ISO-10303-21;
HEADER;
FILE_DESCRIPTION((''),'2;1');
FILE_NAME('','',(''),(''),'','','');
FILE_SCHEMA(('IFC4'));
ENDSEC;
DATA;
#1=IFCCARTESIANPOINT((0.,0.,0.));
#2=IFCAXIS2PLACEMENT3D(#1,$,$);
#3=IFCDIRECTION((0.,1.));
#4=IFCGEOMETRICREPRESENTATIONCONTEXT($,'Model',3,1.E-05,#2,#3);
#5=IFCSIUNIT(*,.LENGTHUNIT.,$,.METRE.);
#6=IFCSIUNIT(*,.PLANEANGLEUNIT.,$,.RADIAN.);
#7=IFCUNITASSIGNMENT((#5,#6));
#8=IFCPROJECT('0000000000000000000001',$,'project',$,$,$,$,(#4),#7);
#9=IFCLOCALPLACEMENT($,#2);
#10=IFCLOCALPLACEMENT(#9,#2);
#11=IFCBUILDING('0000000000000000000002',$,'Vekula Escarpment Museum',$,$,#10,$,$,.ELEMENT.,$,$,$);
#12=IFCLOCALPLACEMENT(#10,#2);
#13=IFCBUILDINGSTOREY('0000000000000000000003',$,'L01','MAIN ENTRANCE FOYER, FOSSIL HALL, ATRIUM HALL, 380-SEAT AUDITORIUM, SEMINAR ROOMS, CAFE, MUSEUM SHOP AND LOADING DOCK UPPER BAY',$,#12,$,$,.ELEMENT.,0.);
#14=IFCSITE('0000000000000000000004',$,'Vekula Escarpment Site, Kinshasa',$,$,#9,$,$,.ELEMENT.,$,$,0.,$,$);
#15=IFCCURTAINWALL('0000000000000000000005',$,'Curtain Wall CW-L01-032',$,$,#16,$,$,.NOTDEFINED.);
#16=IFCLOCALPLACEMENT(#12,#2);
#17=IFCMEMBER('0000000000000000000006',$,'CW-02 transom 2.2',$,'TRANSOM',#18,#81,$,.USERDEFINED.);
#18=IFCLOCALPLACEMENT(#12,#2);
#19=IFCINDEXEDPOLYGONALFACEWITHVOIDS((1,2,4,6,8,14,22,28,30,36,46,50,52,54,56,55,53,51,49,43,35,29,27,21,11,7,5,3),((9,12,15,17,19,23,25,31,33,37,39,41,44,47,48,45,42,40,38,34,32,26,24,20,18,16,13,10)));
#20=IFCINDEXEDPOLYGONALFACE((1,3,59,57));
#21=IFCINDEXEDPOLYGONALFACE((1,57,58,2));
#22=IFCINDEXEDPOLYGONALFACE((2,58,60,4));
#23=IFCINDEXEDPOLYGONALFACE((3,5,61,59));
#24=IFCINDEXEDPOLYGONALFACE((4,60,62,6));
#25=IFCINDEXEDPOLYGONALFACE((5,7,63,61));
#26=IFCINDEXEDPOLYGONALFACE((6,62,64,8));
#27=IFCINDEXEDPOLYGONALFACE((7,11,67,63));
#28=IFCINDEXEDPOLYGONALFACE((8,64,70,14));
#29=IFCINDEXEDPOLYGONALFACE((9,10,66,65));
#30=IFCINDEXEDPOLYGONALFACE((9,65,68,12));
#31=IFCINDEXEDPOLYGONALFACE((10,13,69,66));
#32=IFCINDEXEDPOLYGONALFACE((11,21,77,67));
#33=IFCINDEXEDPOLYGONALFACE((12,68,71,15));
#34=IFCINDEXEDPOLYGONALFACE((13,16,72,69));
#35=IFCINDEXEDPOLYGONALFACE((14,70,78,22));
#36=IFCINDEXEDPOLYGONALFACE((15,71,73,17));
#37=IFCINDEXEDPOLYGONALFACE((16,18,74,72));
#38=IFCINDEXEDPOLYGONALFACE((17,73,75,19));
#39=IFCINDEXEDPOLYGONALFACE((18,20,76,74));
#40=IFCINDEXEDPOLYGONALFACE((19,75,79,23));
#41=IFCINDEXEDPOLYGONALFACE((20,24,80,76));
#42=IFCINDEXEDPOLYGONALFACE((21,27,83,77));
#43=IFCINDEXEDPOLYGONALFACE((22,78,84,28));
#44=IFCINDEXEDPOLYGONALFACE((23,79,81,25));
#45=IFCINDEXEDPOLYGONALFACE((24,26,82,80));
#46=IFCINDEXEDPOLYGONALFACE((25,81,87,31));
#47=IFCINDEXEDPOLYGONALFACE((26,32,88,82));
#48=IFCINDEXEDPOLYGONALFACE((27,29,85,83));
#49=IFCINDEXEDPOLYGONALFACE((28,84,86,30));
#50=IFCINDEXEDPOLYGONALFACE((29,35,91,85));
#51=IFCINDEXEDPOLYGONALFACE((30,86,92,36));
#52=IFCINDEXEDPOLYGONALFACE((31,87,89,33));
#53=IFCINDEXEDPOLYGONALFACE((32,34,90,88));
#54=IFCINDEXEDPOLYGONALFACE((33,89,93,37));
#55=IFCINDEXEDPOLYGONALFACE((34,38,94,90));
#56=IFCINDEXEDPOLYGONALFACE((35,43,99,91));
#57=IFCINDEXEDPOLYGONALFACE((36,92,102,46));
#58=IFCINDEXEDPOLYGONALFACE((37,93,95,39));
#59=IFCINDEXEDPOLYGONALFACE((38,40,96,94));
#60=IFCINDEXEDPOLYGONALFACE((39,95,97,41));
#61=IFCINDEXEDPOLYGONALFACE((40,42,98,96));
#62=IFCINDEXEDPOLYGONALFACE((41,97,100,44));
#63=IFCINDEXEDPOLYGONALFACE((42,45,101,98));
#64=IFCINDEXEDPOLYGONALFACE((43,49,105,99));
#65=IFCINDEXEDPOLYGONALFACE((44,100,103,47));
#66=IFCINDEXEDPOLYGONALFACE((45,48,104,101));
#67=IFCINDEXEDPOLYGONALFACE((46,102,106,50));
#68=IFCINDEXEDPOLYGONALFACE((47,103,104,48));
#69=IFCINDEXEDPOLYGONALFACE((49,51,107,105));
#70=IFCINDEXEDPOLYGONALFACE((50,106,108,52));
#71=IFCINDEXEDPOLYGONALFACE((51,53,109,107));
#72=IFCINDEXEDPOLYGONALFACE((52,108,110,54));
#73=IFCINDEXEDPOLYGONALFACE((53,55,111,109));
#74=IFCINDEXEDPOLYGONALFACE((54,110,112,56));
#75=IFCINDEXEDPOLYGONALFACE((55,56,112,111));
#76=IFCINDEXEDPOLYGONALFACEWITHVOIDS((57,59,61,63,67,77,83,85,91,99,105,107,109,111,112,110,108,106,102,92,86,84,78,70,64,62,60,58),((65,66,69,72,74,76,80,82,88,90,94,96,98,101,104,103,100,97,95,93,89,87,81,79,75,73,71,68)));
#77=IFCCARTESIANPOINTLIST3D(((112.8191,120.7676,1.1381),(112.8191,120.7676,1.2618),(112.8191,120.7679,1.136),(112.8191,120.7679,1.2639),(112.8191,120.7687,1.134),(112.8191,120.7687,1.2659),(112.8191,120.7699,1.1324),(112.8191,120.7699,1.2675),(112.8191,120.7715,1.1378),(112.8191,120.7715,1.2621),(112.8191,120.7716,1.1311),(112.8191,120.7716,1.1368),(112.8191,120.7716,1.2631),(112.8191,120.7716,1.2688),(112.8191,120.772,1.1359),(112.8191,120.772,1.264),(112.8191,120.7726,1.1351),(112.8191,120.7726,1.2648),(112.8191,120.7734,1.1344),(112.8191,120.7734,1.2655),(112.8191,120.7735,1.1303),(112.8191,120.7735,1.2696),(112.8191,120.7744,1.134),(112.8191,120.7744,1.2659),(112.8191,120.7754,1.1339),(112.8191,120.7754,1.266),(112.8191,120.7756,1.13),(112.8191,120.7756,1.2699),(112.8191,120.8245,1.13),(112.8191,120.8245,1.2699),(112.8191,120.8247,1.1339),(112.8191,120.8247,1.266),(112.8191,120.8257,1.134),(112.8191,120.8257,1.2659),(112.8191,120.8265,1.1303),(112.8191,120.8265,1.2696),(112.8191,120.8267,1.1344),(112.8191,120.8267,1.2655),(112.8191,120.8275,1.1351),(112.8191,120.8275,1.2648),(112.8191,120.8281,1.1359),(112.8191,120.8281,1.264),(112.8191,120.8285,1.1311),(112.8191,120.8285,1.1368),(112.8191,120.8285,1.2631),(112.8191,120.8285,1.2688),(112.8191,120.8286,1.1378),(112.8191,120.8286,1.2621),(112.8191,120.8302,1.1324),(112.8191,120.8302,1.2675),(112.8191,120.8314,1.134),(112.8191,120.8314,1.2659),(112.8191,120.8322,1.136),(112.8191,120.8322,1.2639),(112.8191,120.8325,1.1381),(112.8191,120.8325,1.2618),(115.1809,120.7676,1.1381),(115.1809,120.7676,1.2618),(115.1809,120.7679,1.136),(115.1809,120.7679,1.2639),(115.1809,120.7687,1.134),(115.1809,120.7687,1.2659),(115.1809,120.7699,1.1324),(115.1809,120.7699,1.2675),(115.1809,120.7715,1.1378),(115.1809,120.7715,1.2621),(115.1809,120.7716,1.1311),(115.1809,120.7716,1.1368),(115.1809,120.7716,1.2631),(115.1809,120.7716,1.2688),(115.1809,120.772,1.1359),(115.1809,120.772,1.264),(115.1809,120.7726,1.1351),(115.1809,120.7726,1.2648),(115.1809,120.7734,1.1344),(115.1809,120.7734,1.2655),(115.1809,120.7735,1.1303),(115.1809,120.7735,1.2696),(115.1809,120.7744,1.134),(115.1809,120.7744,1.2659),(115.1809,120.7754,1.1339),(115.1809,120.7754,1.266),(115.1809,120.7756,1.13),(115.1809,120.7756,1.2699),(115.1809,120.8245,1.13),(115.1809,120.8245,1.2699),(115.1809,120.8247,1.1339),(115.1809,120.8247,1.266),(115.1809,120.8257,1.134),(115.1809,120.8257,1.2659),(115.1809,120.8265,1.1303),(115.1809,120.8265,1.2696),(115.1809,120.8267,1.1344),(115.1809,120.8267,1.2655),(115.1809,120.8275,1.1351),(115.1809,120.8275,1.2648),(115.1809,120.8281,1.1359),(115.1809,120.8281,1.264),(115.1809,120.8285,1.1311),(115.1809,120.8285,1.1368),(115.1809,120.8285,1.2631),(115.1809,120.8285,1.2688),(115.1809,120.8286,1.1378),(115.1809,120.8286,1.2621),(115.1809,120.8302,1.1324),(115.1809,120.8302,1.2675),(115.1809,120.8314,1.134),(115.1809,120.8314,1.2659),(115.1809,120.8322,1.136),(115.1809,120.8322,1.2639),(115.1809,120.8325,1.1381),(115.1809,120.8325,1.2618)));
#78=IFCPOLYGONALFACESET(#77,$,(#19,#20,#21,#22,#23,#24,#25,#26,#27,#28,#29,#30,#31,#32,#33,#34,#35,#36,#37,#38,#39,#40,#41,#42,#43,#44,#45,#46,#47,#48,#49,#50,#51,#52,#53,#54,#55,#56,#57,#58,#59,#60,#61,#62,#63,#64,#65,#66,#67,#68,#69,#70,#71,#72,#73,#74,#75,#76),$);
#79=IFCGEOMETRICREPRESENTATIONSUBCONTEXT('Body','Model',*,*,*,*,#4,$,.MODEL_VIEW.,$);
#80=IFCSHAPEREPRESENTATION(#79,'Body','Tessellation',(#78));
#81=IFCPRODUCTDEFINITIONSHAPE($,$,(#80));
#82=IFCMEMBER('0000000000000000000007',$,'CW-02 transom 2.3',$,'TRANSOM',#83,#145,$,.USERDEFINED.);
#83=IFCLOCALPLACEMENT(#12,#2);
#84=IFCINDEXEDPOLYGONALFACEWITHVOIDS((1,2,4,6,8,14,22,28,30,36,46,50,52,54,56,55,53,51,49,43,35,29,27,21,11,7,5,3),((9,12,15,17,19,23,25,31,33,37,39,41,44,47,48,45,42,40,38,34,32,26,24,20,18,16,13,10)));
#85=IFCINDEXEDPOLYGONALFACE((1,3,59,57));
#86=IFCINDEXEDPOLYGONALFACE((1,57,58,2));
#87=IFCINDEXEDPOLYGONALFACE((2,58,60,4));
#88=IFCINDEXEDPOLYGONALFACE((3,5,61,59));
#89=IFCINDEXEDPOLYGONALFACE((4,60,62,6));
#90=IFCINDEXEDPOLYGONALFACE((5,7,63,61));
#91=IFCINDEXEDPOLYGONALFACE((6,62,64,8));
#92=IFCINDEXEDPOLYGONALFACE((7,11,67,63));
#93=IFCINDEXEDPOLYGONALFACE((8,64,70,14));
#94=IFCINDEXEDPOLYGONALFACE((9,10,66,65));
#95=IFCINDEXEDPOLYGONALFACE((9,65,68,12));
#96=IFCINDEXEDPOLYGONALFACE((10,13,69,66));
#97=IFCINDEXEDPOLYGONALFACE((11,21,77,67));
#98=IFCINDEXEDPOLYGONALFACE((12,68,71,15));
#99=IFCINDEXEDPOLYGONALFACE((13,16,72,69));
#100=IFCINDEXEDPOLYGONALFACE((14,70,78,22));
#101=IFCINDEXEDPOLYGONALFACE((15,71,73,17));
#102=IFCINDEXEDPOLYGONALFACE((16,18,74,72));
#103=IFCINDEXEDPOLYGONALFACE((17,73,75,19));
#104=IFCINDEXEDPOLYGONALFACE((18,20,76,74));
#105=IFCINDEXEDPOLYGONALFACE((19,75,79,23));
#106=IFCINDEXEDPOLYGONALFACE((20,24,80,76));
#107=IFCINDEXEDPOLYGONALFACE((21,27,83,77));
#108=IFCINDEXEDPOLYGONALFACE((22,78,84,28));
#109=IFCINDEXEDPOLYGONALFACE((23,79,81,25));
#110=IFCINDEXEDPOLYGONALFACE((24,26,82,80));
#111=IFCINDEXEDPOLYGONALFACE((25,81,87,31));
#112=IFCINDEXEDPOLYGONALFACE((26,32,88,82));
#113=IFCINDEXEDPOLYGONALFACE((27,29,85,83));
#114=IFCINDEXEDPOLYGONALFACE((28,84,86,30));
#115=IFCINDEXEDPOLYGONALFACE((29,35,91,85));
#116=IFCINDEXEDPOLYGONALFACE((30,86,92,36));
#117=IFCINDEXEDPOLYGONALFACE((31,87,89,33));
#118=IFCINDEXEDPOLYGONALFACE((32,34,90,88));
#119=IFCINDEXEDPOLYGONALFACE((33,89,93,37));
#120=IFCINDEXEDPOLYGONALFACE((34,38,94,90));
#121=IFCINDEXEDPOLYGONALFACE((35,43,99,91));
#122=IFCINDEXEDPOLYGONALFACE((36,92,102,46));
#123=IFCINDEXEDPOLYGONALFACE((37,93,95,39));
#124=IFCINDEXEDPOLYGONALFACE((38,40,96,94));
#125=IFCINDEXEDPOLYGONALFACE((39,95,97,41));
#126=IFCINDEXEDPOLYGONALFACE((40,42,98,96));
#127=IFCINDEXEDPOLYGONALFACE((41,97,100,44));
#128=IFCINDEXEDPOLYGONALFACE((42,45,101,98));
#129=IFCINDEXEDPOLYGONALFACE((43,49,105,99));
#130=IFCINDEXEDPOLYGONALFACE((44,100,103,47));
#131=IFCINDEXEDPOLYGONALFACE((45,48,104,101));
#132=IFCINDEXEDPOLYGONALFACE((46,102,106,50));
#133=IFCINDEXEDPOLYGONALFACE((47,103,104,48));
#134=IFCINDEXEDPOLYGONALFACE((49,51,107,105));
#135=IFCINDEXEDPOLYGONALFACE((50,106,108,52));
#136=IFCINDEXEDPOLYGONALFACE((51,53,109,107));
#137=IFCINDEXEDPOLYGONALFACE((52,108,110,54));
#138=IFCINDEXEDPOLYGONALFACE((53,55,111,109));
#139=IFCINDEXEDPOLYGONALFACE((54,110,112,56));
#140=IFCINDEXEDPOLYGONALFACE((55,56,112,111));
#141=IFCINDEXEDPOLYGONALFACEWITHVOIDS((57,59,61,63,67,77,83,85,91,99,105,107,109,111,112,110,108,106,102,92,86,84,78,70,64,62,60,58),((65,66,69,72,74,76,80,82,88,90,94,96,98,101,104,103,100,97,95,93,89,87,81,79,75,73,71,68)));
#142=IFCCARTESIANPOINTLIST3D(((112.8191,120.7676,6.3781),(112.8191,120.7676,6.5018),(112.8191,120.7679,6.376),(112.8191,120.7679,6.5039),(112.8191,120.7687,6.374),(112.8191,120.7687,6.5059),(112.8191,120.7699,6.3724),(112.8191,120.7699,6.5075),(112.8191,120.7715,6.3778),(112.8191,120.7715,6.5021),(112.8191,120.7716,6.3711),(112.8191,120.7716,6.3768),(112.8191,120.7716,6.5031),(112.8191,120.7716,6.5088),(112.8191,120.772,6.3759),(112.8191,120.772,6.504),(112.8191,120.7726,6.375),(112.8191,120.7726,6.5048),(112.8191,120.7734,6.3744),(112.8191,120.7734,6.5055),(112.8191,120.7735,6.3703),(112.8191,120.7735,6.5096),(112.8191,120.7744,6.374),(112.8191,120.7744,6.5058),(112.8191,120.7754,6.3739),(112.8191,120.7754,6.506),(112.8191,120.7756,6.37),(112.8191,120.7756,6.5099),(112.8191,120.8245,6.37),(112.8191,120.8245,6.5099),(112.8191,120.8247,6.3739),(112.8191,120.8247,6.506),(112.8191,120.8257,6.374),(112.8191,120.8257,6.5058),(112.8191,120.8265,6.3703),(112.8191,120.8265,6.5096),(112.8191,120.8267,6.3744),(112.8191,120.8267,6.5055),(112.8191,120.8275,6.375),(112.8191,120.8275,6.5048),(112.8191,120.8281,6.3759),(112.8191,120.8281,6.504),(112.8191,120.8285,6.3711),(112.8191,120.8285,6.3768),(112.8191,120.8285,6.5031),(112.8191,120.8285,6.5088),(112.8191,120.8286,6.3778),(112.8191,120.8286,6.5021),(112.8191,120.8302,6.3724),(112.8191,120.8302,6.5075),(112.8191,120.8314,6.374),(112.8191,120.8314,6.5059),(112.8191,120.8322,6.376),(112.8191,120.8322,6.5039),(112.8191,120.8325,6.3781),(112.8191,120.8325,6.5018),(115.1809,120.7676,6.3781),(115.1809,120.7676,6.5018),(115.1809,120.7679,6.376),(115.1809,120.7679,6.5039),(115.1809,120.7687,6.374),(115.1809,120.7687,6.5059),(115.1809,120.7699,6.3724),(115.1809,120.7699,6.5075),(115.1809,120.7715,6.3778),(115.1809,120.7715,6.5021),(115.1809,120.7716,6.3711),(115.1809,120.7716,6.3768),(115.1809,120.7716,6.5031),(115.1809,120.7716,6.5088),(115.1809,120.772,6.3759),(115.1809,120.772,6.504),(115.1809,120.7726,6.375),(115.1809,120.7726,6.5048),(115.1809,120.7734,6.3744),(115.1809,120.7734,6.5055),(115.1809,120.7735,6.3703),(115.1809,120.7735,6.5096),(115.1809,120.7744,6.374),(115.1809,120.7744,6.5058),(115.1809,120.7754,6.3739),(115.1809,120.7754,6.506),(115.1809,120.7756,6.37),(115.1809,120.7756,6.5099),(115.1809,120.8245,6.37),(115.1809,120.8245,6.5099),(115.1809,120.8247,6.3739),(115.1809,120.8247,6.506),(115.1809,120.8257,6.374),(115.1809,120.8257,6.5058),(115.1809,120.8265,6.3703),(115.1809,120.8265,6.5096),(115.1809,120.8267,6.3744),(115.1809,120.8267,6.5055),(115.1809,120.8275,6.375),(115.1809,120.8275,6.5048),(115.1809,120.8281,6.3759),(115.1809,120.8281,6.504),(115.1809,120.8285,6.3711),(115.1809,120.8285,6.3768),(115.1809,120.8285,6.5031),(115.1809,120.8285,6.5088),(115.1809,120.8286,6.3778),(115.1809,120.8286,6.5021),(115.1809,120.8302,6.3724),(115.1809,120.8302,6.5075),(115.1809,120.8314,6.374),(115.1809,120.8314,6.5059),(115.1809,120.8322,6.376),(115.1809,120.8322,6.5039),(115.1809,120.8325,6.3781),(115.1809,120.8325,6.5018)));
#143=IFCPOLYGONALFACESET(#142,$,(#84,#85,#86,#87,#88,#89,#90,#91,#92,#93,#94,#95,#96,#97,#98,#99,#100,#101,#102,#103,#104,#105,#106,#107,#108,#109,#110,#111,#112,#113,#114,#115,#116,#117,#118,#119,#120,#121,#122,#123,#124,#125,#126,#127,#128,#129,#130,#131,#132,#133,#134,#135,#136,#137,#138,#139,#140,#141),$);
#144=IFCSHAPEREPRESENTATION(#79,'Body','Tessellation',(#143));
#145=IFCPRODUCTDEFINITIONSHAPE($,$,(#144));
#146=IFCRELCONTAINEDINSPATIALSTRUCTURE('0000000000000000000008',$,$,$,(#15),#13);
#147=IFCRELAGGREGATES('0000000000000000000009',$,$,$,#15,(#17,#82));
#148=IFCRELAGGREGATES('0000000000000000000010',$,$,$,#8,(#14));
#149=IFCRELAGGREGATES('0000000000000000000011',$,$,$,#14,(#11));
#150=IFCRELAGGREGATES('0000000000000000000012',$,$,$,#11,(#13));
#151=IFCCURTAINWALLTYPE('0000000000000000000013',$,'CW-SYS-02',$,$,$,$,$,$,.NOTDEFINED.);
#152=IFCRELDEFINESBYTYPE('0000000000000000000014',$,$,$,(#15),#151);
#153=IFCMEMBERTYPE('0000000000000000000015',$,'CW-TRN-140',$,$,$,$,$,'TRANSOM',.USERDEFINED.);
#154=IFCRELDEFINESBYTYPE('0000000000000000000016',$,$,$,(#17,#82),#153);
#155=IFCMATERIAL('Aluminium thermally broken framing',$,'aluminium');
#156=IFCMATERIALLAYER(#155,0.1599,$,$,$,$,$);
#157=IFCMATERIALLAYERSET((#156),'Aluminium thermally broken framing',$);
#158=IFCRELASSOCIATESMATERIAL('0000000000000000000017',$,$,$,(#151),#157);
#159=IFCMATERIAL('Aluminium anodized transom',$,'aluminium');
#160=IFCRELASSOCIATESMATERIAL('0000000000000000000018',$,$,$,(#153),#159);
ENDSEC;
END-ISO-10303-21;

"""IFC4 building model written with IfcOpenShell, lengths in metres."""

from ifc_helpers import new_model, si_unit, direction, frame, origin, origin_2d, place, context, subcontext, project, spatial, hollow_rectangle, extrude, material, layer, layer_set, material_profile, profile_set, type_object, element, aggregate, save


model = new_model("IFC4")

# Units and contexts
model_context = context("Model", 3, precision=1e-05, world=origin(), true_north=direction((0.0, 1.0)))
body_context = subcontext(model_context, "Body", "Model", "MODEL_VIEW")
ifc_project = project(units=[si_unit("LENGTHUNIT", "METRE"), si_unit("PLANEANGLEUNIT", "RADIAN")], contexts=[model_context])

# Site, building, storey
site_placement = place(None, origin())
site = spatial("IfcSite", under=ifc_project, at=site_placement, Name="Vekula Escarpment Site, Kinshasa", CompositionType="ELEMENT", RefElevation=0.0)
building_placement = place(site_placement, origin())
building = spatial("IfcBuilding", under=site, at=building_placement, Name="Vekula Escarpment Museum", CompositionType="ELEMENT")
storey_placement = place(building_placement, origin())
storey = spatial("IfcBuildingStorey", under=building, at=storey_placement, Name="L01", Description="MAIN ENTRANCE FOYER, FOSSIL HALL, ATRIUM HALL, 380-SEAT AUDITORIUM, SEMINAR ROOMS, CAFE, MUSEUM SHOP AND LOADING DOCK UPPER BAY", CompositionType="ELEMENT", Elevation=0.0)

# Curtain wall, members
ifc_material_1 = material(Name="Aluminium thermally broken framing", Category="aluminium")
ifc_layer_1 = layer(ifc_material_1, 0.1599)
ifc_layer_set_1 = layer_set([ifc_layer_1], Name="Aluminium thermally broken framing")
curtain_wall_type = type_object("IfcCurtainWallType", Name="CW-SYS-02", PredefinedType="NOTDEFINED", material=ifc_layer_set_1)
curtain_wall_placement = place(storey_placement, origin())
curtain_wall = element("IfcCurtainWall", 1, at=curtain_wall_placement, inside=storey, type_object=curtain_wall_type, Name="Curtain Wall CW-L01-032", PredefinedType="NOTDEFINED")
ifc_material_2 = material(Name="Aluminium anodized transom", Category="aluminium")
ifc_material_profile_1 = material_profile(ifc_material_2, hollow_rectangle(XDim=0.0649, YDim=0.1399, WallThickness=0.0039, InnerFilletRadius=0.0039, OuterFilletRadius=0.0081, at=origin_2d()), Name="ALU 140x65x4")
ifc_profile_set_1 = profile_set([ifc_material_profile_1], Name="Aluminium anodized transom")
member_type_1 = type_object("IfcMemberType", Name="CW-TRN-140", ElementType="TRANSOM", PredefinedType="USERDEFINED", material=ifc_profile_set_1)
member_1_placement = place(storey_placement, frame((112.8191, 120.8, 1.2), z_axis=(1.0, 0.0, 0.0), x_axis=(0.0, 1.0, 0.0)))
member_1 = element("IfcMember", 2, at=member_1_placement, type_object=member_type_1, Name="CW-02 transom 2.2", ObjectType="TRANSOM", PredefinedType="USERDEFINED", context=body_context, shape_type="SweptSolid", body=[
    extrude(hollow_rectangle(XDim=0.0649, YDim=0.1399, WallThickness=0.0039, InnerFilletRadius=0.0039, OuterFilletRadius=0.0081, at=origin_2d()), origin(), (0.0, 0.0, 1.0), 2.3618),
])
member_2_placement = place(storey_placement, frame((112.8191, 120.8, 6.4399), z_axis=(1.0, 0.0, 0.0), x_axis=(0.0, 1.0, 0.0)))
member_2 = element("IfcMember", 3, at=member_2_placement, type_object=member_type_1, Name="CW-02 transom 2.3", ObjectType="TRANSOM", PredefinedType="USERDEFINED", context=body_context, shape_type="SweptSolid", body=[
    extrude(hollow_rectangle(XDim=0.0649, YDim=0.1399, WallThickness=0.0039, InnerFilletRadius=0.0039, OuterFilletRadius=0.0081, at=origin_2d()), origin(), (0.0, 0.0, 1.0), 2.3618),
])
aggregate(curtain_wall, [member_1, member_2])

save(model, "model.ifc")
